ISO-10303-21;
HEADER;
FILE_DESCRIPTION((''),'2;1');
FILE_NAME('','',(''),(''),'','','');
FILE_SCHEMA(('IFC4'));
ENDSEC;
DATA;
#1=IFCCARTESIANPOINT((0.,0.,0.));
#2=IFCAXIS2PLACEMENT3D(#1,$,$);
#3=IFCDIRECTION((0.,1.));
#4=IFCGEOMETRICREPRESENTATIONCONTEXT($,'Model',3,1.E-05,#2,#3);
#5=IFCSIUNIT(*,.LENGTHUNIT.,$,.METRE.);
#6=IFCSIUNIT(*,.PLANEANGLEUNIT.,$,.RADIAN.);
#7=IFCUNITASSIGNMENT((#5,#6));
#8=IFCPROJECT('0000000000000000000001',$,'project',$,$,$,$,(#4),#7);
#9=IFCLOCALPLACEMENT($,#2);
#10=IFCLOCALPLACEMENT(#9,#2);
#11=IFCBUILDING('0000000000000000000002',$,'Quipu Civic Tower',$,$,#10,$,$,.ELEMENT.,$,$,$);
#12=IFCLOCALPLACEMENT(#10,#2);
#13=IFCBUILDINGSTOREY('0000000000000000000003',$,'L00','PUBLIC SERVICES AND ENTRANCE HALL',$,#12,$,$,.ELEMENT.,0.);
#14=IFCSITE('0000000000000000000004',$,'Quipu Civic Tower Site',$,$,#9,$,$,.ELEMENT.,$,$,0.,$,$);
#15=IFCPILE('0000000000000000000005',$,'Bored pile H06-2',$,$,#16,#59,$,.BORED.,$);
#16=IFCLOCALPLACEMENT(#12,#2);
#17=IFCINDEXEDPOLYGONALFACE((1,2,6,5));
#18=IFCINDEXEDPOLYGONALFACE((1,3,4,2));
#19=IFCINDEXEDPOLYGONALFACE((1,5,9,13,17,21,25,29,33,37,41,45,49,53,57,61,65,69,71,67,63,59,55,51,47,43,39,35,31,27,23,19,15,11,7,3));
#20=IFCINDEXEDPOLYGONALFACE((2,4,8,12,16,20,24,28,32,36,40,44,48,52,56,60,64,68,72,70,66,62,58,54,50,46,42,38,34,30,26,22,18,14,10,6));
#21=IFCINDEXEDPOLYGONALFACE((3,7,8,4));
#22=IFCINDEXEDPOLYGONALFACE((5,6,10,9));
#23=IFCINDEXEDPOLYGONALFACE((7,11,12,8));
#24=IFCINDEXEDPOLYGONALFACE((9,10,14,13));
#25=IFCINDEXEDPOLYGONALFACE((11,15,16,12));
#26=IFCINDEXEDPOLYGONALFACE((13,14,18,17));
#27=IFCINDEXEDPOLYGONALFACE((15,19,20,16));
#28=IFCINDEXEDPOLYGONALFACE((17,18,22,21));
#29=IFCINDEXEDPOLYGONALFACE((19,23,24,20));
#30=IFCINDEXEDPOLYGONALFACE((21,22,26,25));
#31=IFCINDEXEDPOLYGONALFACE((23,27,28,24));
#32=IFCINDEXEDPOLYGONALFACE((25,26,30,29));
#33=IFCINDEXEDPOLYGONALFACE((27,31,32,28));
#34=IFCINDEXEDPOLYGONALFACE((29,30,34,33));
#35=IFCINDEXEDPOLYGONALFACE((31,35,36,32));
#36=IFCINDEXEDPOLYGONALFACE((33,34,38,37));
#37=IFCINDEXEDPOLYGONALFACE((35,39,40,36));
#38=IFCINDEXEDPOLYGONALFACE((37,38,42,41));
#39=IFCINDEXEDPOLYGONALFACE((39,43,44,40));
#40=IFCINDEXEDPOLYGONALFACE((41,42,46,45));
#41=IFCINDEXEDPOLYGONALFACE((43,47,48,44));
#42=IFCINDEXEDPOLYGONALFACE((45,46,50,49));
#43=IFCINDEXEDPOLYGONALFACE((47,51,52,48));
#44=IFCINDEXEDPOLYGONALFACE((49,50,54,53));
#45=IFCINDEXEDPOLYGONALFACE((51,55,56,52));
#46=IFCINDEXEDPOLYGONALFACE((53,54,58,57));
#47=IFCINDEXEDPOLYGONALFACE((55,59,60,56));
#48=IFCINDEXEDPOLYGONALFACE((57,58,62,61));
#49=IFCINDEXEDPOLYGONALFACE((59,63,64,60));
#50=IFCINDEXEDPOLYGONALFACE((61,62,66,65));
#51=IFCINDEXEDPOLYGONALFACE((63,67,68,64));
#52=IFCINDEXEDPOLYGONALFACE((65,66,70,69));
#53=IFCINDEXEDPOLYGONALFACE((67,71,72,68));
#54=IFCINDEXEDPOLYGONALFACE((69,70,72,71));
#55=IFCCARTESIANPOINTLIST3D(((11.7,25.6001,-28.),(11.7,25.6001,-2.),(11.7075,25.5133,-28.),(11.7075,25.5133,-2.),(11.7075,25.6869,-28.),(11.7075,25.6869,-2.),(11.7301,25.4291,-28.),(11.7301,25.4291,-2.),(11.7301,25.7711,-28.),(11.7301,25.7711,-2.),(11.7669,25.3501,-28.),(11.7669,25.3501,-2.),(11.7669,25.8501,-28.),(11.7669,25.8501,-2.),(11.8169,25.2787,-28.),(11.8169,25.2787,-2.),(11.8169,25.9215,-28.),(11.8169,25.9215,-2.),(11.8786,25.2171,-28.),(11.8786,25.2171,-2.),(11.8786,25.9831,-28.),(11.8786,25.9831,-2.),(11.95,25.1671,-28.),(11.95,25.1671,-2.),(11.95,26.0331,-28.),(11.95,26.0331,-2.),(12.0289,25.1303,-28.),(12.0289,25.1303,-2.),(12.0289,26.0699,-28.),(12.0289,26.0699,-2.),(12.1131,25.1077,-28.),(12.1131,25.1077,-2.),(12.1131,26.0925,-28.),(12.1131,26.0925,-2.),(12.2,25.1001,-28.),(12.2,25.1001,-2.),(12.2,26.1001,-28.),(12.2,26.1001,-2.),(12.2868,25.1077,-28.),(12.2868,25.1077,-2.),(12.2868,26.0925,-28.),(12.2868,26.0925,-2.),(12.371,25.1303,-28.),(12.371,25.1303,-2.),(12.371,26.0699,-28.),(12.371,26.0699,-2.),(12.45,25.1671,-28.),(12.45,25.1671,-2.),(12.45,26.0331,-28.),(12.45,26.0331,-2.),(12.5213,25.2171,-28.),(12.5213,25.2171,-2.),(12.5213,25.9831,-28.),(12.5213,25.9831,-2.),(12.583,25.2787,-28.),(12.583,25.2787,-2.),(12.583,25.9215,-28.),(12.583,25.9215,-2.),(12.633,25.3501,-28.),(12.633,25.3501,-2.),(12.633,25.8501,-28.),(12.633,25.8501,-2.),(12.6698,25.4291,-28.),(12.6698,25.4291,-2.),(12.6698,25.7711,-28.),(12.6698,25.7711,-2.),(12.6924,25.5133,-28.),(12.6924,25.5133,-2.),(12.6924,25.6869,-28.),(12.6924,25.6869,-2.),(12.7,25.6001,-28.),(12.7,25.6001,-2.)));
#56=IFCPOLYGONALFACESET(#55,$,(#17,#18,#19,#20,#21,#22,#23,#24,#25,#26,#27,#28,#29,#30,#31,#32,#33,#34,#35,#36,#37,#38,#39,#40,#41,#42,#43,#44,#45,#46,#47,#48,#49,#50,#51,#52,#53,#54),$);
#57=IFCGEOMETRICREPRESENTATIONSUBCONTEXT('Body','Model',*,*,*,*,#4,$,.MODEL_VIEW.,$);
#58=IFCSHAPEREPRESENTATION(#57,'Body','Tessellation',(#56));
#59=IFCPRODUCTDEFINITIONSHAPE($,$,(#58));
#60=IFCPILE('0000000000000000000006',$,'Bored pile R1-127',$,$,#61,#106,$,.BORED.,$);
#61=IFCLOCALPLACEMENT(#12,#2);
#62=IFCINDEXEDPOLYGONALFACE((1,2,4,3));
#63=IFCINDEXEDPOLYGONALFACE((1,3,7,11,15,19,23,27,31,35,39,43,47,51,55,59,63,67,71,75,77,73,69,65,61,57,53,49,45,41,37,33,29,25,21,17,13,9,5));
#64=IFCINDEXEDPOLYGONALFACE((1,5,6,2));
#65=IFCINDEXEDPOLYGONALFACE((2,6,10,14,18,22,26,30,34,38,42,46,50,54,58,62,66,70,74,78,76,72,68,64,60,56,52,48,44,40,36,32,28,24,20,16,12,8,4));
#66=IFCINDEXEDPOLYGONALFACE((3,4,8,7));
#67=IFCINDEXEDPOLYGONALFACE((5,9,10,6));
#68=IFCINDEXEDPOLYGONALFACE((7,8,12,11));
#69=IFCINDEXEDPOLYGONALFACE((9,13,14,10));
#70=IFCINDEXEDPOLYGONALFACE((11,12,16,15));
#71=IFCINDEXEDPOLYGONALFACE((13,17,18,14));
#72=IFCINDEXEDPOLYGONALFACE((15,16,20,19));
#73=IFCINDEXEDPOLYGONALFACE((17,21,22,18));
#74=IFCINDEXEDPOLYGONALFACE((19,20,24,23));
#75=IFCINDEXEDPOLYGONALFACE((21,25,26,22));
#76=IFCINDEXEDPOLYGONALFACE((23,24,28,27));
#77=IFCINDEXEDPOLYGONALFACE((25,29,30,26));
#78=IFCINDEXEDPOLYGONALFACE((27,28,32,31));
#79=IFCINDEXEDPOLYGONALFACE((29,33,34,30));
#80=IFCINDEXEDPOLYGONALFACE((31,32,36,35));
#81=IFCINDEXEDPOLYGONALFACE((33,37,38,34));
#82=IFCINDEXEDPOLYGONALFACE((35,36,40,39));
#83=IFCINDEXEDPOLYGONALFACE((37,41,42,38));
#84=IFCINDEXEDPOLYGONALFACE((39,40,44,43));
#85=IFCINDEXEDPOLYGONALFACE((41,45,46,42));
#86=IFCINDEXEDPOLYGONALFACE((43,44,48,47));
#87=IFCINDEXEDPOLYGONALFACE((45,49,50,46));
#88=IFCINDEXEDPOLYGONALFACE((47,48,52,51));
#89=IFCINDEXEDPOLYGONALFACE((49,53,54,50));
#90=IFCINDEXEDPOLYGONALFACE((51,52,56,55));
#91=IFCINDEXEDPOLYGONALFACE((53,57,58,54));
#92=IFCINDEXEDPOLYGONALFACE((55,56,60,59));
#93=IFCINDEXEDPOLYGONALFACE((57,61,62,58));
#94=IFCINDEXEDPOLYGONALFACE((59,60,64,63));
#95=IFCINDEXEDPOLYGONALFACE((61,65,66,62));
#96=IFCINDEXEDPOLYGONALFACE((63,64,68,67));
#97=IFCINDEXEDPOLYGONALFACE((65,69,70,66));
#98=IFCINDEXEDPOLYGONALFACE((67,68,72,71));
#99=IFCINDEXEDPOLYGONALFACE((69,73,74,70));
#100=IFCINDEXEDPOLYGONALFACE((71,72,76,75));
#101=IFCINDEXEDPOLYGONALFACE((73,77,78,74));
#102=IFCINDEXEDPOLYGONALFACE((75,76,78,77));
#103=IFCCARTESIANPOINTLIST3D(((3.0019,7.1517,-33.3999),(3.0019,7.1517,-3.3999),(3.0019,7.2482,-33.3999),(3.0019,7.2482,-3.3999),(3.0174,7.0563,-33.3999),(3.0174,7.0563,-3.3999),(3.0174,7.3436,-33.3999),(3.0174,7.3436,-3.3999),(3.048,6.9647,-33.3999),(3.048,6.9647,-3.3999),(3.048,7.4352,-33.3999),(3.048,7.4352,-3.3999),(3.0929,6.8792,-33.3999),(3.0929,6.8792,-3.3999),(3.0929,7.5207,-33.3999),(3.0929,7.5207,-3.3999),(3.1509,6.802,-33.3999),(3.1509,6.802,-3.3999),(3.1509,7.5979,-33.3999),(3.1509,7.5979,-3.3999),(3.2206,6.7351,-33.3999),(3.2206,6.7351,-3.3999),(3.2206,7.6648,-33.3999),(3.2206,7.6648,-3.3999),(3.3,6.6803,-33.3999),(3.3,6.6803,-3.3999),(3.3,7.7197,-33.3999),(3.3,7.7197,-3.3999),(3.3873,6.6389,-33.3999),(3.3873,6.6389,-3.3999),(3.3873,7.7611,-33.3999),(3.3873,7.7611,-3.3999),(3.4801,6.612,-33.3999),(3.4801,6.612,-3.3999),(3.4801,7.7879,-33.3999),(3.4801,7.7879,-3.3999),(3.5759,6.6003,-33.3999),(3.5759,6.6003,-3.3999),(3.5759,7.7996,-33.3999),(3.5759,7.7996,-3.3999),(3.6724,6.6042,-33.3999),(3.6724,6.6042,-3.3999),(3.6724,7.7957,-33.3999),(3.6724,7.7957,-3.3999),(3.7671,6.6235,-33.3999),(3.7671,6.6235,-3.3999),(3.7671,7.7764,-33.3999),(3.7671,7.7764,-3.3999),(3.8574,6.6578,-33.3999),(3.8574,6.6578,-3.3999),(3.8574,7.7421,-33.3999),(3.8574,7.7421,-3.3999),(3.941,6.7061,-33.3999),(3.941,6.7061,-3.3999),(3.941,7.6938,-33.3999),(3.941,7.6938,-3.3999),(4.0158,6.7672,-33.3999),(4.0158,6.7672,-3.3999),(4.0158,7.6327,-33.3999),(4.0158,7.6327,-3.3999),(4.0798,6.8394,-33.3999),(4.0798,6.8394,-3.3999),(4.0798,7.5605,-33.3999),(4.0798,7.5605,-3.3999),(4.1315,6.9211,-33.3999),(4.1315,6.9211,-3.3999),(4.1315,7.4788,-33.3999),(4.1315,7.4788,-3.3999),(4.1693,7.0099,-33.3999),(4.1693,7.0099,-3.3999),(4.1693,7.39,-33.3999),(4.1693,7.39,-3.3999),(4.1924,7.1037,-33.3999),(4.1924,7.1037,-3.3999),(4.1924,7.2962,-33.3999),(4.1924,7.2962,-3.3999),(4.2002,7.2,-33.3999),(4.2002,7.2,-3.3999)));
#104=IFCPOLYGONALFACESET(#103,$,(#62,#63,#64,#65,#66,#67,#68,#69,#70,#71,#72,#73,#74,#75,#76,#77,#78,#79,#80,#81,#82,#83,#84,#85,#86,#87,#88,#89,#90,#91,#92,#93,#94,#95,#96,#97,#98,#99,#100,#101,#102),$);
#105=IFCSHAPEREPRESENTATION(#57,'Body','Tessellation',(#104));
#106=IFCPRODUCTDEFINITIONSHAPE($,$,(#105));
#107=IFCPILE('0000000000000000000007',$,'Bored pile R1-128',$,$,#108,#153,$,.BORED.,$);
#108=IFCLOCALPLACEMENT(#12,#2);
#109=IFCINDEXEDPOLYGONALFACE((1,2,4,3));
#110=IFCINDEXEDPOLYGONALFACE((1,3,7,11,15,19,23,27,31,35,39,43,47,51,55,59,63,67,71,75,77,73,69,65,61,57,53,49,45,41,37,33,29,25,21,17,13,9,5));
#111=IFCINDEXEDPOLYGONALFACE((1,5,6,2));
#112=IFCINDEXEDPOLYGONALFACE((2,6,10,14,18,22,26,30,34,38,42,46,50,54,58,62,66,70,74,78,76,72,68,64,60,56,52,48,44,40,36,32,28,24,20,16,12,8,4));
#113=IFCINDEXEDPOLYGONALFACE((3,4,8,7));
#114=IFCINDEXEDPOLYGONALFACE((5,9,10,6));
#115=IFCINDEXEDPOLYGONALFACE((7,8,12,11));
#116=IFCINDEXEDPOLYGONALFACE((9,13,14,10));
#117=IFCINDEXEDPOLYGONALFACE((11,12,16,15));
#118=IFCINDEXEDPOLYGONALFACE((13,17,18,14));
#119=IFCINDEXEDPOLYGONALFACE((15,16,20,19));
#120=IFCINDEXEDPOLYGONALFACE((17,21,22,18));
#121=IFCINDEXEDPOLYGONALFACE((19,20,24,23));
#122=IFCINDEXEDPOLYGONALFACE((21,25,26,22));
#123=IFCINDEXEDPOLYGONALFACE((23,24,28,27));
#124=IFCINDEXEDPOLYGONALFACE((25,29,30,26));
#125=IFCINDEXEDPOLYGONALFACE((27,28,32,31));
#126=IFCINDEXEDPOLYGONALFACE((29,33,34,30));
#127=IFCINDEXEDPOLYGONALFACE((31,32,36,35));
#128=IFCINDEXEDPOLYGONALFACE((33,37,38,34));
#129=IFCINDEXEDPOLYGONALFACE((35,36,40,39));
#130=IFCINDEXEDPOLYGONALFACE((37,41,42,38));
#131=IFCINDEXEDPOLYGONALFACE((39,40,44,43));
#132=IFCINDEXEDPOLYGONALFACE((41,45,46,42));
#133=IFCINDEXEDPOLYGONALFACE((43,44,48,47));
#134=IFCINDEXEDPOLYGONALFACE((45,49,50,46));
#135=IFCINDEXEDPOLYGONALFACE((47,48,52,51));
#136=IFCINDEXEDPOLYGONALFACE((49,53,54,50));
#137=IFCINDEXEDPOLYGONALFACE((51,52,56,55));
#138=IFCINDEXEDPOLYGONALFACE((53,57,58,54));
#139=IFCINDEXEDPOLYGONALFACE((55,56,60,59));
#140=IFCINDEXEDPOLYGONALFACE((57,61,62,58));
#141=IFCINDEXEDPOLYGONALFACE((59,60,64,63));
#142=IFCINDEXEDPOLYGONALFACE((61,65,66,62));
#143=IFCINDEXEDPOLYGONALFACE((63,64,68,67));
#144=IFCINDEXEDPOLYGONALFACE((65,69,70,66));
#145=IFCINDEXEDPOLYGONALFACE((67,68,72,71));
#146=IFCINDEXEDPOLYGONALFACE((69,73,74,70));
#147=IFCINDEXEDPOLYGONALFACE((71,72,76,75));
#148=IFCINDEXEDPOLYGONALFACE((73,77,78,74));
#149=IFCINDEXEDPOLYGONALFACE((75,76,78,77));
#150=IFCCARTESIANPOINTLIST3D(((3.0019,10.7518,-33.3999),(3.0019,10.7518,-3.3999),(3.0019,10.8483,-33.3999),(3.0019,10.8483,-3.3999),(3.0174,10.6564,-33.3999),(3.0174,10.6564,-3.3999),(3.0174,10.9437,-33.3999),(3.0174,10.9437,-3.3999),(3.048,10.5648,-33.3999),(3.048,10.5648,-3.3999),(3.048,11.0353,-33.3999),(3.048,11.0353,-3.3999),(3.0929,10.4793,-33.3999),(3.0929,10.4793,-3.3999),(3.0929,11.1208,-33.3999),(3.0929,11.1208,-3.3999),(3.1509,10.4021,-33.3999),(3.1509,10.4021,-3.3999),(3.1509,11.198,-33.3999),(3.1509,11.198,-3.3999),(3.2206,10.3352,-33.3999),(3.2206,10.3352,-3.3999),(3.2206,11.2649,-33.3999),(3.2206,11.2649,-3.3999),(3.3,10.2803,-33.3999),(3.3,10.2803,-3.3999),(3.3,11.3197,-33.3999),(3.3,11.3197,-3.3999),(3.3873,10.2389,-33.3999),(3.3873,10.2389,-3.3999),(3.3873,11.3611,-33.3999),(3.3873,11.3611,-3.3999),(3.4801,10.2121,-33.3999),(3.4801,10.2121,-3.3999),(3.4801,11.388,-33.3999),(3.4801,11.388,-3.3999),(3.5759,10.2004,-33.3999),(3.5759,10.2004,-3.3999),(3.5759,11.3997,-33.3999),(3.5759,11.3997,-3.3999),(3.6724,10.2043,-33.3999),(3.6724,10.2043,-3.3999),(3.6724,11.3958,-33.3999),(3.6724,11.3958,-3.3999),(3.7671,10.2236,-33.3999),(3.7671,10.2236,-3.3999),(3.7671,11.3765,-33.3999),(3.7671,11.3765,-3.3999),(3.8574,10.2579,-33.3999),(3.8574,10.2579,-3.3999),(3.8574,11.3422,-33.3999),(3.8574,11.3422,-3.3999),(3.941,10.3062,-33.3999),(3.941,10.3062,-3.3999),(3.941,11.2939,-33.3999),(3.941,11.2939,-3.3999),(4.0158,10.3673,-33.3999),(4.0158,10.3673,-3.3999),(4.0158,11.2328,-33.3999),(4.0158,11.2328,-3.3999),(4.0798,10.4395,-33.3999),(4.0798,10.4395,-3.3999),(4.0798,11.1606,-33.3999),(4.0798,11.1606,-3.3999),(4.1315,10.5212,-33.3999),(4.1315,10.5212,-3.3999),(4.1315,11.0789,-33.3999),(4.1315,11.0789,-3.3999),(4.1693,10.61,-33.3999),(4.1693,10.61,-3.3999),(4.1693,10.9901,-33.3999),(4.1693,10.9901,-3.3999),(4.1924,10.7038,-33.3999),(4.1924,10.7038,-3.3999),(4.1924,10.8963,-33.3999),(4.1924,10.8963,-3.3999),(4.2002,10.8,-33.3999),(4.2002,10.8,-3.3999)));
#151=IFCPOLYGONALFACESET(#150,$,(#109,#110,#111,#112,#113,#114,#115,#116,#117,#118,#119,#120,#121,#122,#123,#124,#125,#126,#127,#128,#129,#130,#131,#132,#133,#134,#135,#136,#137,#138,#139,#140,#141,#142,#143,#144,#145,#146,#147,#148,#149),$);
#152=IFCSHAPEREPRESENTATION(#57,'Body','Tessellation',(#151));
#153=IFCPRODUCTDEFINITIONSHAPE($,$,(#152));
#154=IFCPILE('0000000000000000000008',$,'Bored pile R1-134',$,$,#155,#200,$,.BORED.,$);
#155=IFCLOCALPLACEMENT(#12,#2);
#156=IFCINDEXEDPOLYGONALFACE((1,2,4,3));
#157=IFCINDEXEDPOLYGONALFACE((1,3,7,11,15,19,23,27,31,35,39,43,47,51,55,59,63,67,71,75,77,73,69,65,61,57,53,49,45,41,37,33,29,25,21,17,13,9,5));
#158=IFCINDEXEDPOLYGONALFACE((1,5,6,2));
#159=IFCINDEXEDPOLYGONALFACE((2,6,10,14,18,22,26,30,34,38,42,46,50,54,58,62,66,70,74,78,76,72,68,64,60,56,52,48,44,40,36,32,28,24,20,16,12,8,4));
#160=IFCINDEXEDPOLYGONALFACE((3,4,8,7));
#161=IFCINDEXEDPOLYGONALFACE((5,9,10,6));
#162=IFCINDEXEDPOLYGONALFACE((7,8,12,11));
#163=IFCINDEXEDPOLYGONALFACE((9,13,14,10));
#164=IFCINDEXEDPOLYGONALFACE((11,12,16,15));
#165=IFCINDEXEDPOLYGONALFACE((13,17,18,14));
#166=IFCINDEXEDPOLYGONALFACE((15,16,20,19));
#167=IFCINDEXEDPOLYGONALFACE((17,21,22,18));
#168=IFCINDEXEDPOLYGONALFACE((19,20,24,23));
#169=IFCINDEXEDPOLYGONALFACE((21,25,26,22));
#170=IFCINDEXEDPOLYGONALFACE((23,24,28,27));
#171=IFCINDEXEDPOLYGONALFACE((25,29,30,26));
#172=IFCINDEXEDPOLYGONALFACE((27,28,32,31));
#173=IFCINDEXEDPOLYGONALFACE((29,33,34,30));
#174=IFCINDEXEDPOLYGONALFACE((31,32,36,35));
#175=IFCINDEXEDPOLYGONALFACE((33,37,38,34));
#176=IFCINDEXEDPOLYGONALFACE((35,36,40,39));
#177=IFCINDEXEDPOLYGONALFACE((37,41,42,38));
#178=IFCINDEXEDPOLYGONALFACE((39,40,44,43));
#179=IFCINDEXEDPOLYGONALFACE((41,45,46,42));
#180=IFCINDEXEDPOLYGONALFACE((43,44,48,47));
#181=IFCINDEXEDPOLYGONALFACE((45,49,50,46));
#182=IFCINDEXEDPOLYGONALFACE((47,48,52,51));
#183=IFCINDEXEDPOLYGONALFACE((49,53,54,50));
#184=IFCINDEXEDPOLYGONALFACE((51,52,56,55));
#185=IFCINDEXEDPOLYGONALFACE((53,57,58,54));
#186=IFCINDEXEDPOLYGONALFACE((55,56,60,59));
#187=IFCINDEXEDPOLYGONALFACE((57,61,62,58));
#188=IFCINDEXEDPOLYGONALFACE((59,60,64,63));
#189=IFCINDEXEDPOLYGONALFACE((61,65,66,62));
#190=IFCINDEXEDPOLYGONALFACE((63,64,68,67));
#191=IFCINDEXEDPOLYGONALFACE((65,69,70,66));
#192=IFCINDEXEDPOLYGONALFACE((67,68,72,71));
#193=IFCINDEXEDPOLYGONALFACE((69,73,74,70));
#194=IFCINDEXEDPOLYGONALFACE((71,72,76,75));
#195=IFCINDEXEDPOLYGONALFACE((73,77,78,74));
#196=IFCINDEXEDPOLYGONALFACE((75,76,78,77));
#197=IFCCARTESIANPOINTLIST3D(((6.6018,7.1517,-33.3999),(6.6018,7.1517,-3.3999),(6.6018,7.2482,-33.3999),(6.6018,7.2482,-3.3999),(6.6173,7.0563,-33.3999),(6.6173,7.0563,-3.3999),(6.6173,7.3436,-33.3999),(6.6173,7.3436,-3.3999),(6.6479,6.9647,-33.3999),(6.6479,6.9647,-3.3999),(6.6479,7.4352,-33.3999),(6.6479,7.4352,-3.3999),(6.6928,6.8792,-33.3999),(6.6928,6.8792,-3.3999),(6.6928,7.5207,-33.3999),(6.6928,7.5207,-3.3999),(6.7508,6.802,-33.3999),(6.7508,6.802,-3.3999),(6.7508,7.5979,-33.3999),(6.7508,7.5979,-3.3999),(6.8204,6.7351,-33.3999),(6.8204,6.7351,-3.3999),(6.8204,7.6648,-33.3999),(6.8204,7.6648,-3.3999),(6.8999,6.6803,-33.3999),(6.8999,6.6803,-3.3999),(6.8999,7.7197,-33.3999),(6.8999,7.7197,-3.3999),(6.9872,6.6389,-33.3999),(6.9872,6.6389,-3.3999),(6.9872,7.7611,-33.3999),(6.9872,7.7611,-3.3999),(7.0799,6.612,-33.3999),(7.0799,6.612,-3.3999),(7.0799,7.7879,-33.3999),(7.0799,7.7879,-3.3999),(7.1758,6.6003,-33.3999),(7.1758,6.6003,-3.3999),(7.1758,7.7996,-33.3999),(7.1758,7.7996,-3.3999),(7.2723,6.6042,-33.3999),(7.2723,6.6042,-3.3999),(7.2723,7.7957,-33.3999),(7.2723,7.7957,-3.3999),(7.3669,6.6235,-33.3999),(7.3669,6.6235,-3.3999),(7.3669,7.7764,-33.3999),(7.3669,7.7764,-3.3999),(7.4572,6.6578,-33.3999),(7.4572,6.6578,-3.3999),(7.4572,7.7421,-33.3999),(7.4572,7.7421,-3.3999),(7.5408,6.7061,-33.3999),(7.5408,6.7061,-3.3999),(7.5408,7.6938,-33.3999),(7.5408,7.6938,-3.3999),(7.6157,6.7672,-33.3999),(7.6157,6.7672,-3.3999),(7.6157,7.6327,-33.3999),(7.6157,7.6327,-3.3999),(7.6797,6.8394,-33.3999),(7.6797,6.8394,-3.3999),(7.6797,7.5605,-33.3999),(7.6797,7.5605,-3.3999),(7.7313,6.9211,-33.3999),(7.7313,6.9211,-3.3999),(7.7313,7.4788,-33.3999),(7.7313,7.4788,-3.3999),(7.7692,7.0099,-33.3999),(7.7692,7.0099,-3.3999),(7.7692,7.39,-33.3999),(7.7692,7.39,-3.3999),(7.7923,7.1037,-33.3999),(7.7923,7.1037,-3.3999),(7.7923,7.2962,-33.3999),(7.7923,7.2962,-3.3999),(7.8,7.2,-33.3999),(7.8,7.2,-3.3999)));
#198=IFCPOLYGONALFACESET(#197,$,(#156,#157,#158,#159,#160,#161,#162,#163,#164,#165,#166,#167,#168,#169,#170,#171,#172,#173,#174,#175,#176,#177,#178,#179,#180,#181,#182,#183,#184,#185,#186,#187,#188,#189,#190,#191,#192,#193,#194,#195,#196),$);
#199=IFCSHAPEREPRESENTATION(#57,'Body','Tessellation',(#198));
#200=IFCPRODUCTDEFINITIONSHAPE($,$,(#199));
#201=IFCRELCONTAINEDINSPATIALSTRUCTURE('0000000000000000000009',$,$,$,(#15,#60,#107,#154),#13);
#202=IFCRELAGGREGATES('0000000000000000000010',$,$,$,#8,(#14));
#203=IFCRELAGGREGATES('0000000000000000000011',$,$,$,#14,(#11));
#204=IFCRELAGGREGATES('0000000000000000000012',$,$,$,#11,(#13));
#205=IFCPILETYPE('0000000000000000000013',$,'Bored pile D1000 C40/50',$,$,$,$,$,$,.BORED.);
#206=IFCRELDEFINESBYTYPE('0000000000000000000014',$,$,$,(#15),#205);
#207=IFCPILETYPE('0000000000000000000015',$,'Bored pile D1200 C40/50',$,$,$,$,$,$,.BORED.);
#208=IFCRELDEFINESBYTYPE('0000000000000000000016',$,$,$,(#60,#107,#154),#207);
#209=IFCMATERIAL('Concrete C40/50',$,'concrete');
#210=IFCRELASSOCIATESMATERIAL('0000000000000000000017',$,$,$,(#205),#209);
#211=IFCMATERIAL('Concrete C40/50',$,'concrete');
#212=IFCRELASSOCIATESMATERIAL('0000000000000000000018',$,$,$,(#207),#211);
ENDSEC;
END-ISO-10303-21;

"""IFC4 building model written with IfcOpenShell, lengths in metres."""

from ifc_helpers import new_model, si_unit, direction, frame, origin, origin_2d, place, context, subcontext, project, spatial, circle, extrude, material, material_profile, profile_set, type_object, element, save


model = new_model("IFC4")

# Units and contexts
model_context = context("Model", 3, precision=1e-05, world=origin(), true_north=direction((0.0, 1.0)))
body_context = subcontext(model_context, "Body", "Model", "MODEL_VIEW")
ifc_project = project(units=[si_unit("LENGTHUNIT", "METRE"), si_unit("PLANEANGLEUNIT", "RADIAN")], contexts=[model_context])

# Site, building, storey
site_placement = place(None, origin())
site = spatial("IfcSite", under=ifc_project, at=site_placement, Name="Quipu Civic Tower Site", CompositionType="ELEMENT", RefElevation=0.0)
building_placement = place(site_placement, origin())
building = spatial("IfcBuilding", under=site, at=building_placement, Name="Quipu Civic Tower", CompositionType="ELEMENT")
storey_placement = place(building_placement, origin())
storey = spatial("IfcBuildingStorey", under=building, at=storey_placement, Name="L00", Description="PUBLIC SERVICES AND ENTRANCE HALL", CompositionType="ELEMENT", Elevation=0.0)

# Piles
ifc_material_1 = material(Name="Concrete C40/50", Category="concrete")
ifc_material_profile_1 = material_profile(ifc_material_1, circle(Radius=0.5, at=origin_2d()), Name="RCD1000")
ifc_profile_set_1 = profile_set([ifc_material_profile_1], Name="Concrete C40/50")
pile_type_1 = type_object("IfcPileType", Name="Bored pile D1000 C40/50", PredefinedType="BORED", material=ifc_profile_set_1)
for number, where, z_axis, x_axis, name in (
    (1, (12.2, 25.6001, -2.0), (0.0, 0.0, -1.0), (1.0, 0.0, 0.0), "Bored pile H06-2"),
):
    element("IfcPile", number, at=place(storey_placement, frame(where, z_axis=z_axis, x_axis=x_axis)), inside=storey, type_object=pile_type_1, Name=name, PredefinedType="BORED", context=body_context, shape_type="SweptSolid", body=[
        extrude(circle(Radius=0.5, at=origin_2d()), origin(), (0.0, 0.0, 1.0), 26.0),
    ])
ifc_material_2 = material(Name="Concrete C40/50", Category="concrete")
ifc_material_profile_2 = material_profile(ifc_material_2, circle(Radius=0.6001, at=origin_2d()), Name="RCD1200")
ifc_profile_set_2 = profile_set([ifc_material_profile_2], Name="Concrete C40/50")
pile_type_2 = type_object("IfcPileType", Name="Bored pile D1200 C40/50", PredefinedType="BORED", material=ifc_profile_set_2)
for number, where, z_axis, x_axis, name in (
    (2, (3.6001, 7.2, -3.3999), (0.0, 0.0, -1.0), (1.0, 0.0, 0.0), "Bored pile R1-127"),
    (3, (3.6001, 10.8, -3.3999), (0.0, 0.0, -1.0), (1.0, 0.0, 0.0), "Bored pile R1-128"),
    (4, (7.2, 7.2, -3.3999), (0.0, 0.0, -1.0), (1.0, 0.0, 0.0), "Bored pile R1-134"),
):
    element("IfcPile", number, at=place(storey_placement, frame(where, z_axis=z_axis, x_axis=x_axis)), inside=storey, type_object=pile_type_2, Name=name, PredefinedType="BORED", context=body_context, shape_type="SweptSolid", body=[
        extrude(circle(Radius=0.6001, at=origin_2d()), origin(), (0.0, 0.0, 1.0), 30.0),
    ])

save(model, "model.ifc")
